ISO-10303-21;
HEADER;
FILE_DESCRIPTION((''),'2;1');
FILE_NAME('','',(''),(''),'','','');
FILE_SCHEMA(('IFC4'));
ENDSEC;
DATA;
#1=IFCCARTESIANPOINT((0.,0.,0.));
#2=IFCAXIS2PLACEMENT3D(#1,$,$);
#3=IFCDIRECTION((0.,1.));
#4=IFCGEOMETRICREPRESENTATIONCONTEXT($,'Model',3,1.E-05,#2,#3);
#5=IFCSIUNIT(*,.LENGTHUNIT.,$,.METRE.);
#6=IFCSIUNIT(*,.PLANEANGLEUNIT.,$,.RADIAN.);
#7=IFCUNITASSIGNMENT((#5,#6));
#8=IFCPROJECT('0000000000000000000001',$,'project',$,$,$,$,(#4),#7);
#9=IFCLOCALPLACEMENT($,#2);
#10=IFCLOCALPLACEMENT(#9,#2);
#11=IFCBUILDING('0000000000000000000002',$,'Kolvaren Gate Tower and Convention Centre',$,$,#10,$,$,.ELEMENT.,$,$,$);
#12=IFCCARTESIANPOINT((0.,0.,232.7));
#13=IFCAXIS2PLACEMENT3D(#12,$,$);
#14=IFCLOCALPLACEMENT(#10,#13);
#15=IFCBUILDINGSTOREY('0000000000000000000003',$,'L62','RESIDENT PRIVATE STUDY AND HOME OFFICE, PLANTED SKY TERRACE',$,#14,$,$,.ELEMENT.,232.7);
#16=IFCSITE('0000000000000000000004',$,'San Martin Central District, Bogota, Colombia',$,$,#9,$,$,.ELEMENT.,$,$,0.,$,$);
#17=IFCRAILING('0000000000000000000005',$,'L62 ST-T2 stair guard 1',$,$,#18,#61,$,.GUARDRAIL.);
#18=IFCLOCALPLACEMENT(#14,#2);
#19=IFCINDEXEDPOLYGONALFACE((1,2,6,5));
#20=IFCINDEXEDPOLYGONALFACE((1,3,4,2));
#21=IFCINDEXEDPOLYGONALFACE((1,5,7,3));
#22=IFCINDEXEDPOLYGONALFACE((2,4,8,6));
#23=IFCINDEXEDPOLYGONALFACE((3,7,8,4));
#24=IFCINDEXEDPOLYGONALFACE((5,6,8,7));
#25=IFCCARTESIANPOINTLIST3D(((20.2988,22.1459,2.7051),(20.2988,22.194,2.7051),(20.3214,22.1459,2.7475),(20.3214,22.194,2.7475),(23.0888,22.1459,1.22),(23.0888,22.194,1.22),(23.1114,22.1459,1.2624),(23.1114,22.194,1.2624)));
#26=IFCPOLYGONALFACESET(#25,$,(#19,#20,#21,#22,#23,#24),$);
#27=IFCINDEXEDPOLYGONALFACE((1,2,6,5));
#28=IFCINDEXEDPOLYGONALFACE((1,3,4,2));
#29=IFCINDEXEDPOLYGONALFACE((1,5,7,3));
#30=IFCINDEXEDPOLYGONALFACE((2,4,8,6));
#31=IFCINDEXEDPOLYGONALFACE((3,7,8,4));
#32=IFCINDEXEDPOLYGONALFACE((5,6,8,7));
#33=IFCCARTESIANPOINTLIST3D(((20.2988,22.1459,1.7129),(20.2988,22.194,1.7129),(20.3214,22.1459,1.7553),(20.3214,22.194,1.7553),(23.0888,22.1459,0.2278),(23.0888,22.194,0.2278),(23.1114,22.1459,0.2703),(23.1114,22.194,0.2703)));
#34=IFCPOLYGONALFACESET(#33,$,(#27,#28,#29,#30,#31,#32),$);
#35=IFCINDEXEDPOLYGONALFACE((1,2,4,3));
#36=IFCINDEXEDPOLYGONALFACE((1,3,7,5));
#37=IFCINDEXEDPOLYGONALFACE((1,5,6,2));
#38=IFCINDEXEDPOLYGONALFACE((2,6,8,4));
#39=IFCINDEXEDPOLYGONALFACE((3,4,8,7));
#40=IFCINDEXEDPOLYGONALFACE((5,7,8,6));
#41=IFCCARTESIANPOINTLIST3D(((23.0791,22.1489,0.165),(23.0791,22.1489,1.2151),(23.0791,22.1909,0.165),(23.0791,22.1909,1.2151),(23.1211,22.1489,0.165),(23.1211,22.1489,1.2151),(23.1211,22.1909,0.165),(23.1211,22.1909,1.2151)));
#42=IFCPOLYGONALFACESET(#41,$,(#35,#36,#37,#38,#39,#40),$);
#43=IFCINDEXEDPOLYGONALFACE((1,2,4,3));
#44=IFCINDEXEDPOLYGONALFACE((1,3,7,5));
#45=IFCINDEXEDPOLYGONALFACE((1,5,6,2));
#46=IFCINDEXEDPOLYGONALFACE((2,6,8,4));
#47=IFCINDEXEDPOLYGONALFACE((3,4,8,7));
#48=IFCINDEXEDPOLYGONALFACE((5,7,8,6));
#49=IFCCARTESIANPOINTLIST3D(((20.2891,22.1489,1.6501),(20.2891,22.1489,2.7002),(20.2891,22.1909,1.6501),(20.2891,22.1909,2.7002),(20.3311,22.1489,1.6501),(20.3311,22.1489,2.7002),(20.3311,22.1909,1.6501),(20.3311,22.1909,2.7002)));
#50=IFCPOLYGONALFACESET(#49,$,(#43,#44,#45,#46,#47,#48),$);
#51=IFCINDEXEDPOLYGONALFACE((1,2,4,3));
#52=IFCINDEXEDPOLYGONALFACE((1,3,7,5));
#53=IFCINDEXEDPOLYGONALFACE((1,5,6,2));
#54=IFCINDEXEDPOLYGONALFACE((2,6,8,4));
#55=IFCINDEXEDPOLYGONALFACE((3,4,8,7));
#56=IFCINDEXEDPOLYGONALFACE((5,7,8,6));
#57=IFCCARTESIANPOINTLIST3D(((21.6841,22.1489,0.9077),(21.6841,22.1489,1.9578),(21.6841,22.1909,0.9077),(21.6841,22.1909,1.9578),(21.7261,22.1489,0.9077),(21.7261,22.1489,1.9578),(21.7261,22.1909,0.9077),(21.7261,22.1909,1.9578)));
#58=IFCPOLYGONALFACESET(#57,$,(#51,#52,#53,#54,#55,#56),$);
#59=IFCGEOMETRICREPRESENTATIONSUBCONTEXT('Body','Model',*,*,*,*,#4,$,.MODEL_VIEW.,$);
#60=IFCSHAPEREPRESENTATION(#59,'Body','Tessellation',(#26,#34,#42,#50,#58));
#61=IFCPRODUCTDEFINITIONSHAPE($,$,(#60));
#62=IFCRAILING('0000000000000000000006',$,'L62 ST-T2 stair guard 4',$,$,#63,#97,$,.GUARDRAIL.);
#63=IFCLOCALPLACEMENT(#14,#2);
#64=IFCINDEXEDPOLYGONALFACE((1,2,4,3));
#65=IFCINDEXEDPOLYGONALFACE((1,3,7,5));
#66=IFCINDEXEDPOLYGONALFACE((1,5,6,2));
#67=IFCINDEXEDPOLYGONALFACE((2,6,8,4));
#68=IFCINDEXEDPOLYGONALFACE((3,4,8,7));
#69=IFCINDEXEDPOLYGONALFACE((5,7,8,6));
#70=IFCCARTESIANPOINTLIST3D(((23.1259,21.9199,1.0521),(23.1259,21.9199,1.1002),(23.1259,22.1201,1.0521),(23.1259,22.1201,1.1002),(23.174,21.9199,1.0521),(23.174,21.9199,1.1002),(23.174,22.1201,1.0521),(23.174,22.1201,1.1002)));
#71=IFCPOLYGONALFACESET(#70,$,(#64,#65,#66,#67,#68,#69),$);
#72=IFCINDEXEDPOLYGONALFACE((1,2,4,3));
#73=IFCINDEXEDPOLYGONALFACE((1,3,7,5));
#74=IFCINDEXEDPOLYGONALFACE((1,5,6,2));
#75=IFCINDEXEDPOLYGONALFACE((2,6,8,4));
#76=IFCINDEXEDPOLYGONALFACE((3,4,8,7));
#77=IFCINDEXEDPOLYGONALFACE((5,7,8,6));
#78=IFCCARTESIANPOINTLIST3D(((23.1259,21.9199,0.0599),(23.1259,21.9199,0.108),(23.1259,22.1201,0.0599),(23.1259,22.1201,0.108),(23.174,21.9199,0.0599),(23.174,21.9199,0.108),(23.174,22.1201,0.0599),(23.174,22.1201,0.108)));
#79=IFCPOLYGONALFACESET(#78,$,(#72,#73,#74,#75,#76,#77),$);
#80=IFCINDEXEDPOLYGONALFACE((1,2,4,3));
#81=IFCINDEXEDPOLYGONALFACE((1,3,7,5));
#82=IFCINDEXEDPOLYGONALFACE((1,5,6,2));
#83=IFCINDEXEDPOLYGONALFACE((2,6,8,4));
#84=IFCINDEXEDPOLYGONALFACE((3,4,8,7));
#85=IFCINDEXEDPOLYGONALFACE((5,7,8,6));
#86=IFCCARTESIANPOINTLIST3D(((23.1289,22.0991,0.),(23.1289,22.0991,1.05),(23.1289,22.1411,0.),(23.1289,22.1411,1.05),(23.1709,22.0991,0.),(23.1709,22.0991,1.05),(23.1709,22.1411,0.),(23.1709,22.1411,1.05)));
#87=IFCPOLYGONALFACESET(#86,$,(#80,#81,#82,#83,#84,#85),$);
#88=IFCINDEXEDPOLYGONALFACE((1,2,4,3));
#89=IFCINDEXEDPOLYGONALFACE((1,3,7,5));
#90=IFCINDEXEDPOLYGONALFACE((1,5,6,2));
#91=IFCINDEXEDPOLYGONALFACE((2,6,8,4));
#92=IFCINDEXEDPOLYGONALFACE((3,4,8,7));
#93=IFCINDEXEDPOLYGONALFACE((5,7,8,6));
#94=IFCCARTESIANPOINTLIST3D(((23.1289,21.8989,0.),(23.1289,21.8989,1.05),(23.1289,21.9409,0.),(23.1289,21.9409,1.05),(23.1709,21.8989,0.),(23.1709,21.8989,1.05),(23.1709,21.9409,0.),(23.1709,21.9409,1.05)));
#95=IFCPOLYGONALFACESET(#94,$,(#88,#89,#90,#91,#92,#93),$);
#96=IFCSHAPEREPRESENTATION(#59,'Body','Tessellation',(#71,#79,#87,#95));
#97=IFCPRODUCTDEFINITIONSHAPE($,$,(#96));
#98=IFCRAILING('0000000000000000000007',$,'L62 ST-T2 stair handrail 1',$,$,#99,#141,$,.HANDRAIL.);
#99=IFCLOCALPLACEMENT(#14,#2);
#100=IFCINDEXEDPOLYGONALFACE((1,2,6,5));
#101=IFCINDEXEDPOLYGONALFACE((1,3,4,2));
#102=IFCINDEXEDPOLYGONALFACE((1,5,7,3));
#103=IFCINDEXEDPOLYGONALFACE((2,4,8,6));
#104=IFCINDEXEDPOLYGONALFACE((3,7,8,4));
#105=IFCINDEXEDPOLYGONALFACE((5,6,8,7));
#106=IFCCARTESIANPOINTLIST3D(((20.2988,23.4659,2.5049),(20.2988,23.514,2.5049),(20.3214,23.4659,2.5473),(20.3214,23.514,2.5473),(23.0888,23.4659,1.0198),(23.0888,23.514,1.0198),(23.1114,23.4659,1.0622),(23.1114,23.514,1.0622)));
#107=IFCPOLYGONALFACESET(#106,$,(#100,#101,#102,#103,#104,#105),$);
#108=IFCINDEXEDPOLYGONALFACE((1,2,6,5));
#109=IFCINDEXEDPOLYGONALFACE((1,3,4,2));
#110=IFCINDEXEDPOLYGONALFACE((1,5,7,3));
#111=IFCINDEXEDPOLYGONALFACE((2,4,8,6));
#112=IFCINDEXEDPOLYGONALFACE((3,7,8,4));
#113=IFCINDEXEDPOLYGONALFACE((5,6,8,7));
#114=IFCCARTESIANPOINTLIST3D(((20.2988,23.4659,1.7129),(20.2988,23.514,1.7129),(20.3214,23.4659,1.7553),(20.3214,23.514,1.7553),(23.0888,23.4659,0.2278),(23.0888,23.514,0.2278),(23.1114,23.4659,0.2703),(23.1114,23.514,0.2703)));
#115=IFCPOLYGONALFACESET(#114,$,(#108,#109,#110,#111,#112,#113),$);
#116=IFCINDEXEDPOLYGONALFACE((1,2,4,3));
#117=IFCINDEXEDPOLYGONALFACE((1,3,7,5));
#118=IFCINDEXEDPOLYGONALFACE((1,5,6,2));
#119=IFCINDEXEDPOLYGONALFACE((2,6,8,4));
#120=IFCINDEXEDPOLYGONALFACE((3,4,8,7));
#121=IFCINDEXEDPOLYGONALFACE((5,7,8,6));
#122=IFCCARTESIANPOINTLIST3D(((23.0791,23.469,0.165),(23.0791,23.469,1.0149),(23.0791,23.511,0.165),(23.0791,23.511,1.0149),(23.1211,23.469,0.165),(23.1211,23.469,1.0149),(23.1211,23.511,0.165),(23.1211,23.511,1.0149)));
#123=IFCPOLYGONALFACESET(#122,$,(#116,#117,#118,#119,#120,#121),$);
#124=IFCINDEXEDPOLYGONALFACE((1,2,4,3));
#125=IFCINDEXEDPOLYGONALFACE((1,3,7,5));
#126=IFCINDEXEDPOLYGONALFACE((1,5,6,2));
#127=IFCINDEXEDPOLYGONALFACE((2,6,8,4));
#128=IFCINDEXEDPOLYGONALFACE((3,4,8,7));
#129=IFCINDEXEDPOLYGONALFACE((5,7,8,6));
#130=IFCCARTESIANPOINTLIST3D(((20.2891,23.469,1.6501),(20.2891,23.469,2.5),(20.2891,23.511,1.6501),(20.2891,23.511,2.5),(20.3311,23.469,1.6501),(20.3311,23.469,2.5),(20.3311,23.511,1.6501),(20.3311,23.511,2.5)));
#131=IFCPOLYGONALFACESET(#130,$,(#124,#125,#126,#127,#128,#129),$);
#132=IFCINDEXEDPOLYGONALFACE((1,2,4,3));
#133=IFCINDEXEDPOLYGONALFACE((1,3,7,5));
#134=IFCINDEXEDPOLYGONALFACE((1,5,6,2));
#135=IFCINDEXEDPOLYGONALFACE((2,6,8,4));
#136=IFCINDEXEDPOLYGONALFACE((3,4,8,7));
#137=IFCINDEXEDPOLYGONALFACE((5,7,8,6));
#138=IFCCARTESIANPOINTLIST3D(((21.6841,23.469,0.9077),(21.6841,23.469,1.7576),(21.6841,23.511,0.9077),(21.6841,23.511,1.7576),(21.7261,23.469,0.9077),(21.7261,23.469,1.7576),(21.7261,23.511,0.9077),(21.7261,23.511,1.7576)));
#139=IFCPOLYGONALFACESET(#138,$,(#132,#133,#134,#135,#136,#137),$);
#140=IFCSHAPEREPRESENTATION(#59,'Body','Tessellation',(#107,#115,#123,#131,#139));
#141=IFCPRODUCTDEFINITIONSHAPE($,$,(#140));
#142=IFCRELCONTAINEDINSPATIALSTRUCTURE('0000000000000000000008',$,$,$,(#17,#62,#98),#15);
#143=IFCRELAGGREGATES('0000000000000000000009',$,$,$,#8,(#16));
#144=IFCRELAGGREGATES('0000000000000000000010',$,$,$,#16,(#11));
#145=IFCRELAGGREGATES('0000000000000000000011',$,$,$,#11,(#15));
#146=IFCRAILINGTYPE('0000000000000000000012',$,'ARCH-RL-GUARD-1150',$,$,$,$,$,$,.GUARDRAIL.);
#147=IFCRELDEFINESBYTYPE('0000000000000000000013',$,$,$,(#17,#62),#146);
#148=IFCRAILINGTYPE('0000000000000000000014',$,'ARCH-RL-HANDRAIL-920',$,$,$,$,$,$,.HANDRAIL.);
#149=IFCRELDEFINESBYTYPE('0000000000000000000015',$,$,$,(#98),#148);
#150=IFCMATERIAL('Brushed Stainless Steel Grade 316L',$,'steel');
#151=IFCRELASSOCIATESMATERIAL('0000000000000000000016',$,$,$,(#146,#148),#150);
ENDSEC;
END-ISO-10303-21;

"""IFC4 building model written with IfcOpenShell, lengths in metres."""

from ifc_helpers import new_model, si_unit, direction, frame, origin, origin_2d, place, context, subcontext, project, spatial, rectangle, extrude, material, type_object, element, save


model = new_model("IFC4")

# Units and contexts
model_context = context("Model", 3, precision=1e-05, world=origin(), true_north=direction((0.0, 1.0)))
body_context = subcontext(model_context, "Body", "Model", "MODEL_VIEW")
ifc_project = project(units=[si_unit("LENGTHUNIT", "METRE"), si_unit("PLANEANGLEUNIT", "RADIAN")], contexts=[model_context])

# Site, building, storey
site_placement = place(None, origin())
site = spatial("IfcSite", under=ifc_project, at=site_placement, Name="San Martin Central District, Bogota, Colombia", CompositionType="ELEMENT", RefElevation=0.0)
building_placement = place(site_placement, origin())
building = spatial("IfcBuilding", under=site, at=building_placement, Name="Kolvaren Gate Tower and Convention Centre", CompositionType="ELEMENT")
storey_placement = place(building_placement, frame((0.0, 0.0, 232.7)))
storey = spatial("IfcBuildingStorey", under=building, at=storey_placement, Name="L62", Description="RESIDENT PRIVATE STUDY AND HOME OFFICE, PLANTED SKY TERRACE", CompositionType="ELEMENT", Elevation=232.7)

# Shared definitions
ifc_material_1 = material(Name="Brushed Stainless Steel Grade 316L", Category="steel")

# Railings
railing_type_1 = type_object("IfcRailingType", Name="ARCH-RL-GUARD-1150", PredefinedType="GUARDRAIL", material=ifc_material_1)
railing_1_placement = place(storey_placement, frame((23.1001, 22.1699, 0.165)))
element("IfcRailing", 1, at=railing_1_placement, inside=storey, type_object=railing_type_1, Name="L62 ST-T2 stair guard 1", PredefinedType="GUARDRAIL", context=body_context, shape_type="SweptSolid", body=[
    extrude(rectangle(XDim=0.0481, YDim=0.0481, at=origin_2d()), frame((0.0, 0.0, 1.0762), z_axis=(-0.882735, 0.0, 0.46987), x_axis=(0.0, -1.0, 0.0)), (0.0, 0.0, 1.0), 3.1606),
    extrude(rectangle(XDim=0.0481, YDim=0.0481, at=origin_2d()), frame((0.0, 0.0, 0.084), z_axis=(-0.882735, 0.0, 0.46987), x_axis=(0.0, -1.0, 0.0)), (0.0, 0.0, 1.0), 3.1606),
    extrude(rectangle(XDim=0.042, YDim=0.042, at=origin_2d()), origin(), (0.0, 0.0, 1.0), 1.05),
    extrude(rectangle(XDim=0.042, YDim=0.042, at=origin_2d()), frame((-2.79, 0.0, 1.4851)), (0.0, 0.0, 1.0), 1.05),
    extrude(rectangle(XDim=0.042, YDim=0.042, at=origin_2d()), frame((-1.395, 0.0, 0.7427)), (0.0, 0.0, 1.0), 1.05),
])
railing_2_placement = place(storey_placement, frame((23.1499, 22.1201, 0.0)))
element("IfcRailing", 2, at=railing_2_placement, inside=storey, type_object=railing_type_1, Name="L62 ST-T2 stair guard 4", PredefinedType="GUARDRAIL", context=body_context, shape_type="SweptSolid", body=[
    extrude(rectangle(XDim=0.0481, YDim=0.0481, at=origin_2d()), frame((0.0, 0.0, 1.0762), z_axis=(0.0, -1.0, 0.0), x_axis=(1.0, 0.0, 0.0)), (0.0, 0.0, 1.0), 0.2002),
    extrude(rectangle(XDim=0.0481, YDim=0.0481, at=origin_2d()), frame((0.0, 0.0, 0.084), z_axis=(0.0, -1.0, 0.0), x_axis=(1.0, 0.0, 0.0)), (0.0, 0.0, 1.0), 0.2002),
    extrude(rectangle(XDim=0.042, YDim=0.042, at=origin_2d()), origin(), (0.0, 0.0, 1.0), 1.05),
    extrude(rectangle(XDim=0.042, YDim=0.042, at=origin_2d()), frame((0.0, -0.2002, 0.0)), (0.0, 0.0, 1.0), 1.05),
])
railing_type_2 = type_object("IfcRailingType", Name="ARCH-RL-HANDRAIL-920", PredefinedType="HANDRAIL", material=ifc_material_1)
railing_3_placement = place(storey_placement, frame((23.1001, 23.49, 0.165)))
element("IfcRailing", 3, at=railing_3_placement, inside=storey, type_object=railing_type_2, Name="L62 ST-T2 stair handrail 1", PredefinedType="HANDRAIL", context=body_context, shape_type="SweptSolid", body=[
    extrude(rectangle(XDim=0.0481, YDim=0.0481, at=origin_2d()), frame((0.0, 0.0, 0.876), z_axis=(-0.882735, 0.0, 0.46987), x_axis=(0.0, -1.0, 0.0)), (0.0, 0.0, 1.0), 3.1606),
    extrude(rectangle(XDim=0.0481, YDim=0.0481, at=origin_2d()), frame((0.0, 0.0, 0.084), z_axis=(-0.882735, 0.0, 0.46987), x_axis=(0.0, -1.0, 0.0)), (0.0, 0.0, 1.0), 3.1606),
    extrude(rectangle(XDim=0.042, YDim=0.042, at=origin_2d()), origin(), (0.0, 0.0, 1.0), 0.8499),
    extrude(rectangle(XDim=0.042, YDim=0.042, at=origin_2d()), frame((-2.79, 0.0, 1.4851)), (0.0, 0.0, 1.0), 0.8499),
    extrude(rectangle(XDim=0.042, YDim=0.042, at=origin_2d()), frame((-1.395, 0.0, 0.7427)), (0.0, 0.0, 1.0), 0.8499),
])

save(model, "model.ifc")
